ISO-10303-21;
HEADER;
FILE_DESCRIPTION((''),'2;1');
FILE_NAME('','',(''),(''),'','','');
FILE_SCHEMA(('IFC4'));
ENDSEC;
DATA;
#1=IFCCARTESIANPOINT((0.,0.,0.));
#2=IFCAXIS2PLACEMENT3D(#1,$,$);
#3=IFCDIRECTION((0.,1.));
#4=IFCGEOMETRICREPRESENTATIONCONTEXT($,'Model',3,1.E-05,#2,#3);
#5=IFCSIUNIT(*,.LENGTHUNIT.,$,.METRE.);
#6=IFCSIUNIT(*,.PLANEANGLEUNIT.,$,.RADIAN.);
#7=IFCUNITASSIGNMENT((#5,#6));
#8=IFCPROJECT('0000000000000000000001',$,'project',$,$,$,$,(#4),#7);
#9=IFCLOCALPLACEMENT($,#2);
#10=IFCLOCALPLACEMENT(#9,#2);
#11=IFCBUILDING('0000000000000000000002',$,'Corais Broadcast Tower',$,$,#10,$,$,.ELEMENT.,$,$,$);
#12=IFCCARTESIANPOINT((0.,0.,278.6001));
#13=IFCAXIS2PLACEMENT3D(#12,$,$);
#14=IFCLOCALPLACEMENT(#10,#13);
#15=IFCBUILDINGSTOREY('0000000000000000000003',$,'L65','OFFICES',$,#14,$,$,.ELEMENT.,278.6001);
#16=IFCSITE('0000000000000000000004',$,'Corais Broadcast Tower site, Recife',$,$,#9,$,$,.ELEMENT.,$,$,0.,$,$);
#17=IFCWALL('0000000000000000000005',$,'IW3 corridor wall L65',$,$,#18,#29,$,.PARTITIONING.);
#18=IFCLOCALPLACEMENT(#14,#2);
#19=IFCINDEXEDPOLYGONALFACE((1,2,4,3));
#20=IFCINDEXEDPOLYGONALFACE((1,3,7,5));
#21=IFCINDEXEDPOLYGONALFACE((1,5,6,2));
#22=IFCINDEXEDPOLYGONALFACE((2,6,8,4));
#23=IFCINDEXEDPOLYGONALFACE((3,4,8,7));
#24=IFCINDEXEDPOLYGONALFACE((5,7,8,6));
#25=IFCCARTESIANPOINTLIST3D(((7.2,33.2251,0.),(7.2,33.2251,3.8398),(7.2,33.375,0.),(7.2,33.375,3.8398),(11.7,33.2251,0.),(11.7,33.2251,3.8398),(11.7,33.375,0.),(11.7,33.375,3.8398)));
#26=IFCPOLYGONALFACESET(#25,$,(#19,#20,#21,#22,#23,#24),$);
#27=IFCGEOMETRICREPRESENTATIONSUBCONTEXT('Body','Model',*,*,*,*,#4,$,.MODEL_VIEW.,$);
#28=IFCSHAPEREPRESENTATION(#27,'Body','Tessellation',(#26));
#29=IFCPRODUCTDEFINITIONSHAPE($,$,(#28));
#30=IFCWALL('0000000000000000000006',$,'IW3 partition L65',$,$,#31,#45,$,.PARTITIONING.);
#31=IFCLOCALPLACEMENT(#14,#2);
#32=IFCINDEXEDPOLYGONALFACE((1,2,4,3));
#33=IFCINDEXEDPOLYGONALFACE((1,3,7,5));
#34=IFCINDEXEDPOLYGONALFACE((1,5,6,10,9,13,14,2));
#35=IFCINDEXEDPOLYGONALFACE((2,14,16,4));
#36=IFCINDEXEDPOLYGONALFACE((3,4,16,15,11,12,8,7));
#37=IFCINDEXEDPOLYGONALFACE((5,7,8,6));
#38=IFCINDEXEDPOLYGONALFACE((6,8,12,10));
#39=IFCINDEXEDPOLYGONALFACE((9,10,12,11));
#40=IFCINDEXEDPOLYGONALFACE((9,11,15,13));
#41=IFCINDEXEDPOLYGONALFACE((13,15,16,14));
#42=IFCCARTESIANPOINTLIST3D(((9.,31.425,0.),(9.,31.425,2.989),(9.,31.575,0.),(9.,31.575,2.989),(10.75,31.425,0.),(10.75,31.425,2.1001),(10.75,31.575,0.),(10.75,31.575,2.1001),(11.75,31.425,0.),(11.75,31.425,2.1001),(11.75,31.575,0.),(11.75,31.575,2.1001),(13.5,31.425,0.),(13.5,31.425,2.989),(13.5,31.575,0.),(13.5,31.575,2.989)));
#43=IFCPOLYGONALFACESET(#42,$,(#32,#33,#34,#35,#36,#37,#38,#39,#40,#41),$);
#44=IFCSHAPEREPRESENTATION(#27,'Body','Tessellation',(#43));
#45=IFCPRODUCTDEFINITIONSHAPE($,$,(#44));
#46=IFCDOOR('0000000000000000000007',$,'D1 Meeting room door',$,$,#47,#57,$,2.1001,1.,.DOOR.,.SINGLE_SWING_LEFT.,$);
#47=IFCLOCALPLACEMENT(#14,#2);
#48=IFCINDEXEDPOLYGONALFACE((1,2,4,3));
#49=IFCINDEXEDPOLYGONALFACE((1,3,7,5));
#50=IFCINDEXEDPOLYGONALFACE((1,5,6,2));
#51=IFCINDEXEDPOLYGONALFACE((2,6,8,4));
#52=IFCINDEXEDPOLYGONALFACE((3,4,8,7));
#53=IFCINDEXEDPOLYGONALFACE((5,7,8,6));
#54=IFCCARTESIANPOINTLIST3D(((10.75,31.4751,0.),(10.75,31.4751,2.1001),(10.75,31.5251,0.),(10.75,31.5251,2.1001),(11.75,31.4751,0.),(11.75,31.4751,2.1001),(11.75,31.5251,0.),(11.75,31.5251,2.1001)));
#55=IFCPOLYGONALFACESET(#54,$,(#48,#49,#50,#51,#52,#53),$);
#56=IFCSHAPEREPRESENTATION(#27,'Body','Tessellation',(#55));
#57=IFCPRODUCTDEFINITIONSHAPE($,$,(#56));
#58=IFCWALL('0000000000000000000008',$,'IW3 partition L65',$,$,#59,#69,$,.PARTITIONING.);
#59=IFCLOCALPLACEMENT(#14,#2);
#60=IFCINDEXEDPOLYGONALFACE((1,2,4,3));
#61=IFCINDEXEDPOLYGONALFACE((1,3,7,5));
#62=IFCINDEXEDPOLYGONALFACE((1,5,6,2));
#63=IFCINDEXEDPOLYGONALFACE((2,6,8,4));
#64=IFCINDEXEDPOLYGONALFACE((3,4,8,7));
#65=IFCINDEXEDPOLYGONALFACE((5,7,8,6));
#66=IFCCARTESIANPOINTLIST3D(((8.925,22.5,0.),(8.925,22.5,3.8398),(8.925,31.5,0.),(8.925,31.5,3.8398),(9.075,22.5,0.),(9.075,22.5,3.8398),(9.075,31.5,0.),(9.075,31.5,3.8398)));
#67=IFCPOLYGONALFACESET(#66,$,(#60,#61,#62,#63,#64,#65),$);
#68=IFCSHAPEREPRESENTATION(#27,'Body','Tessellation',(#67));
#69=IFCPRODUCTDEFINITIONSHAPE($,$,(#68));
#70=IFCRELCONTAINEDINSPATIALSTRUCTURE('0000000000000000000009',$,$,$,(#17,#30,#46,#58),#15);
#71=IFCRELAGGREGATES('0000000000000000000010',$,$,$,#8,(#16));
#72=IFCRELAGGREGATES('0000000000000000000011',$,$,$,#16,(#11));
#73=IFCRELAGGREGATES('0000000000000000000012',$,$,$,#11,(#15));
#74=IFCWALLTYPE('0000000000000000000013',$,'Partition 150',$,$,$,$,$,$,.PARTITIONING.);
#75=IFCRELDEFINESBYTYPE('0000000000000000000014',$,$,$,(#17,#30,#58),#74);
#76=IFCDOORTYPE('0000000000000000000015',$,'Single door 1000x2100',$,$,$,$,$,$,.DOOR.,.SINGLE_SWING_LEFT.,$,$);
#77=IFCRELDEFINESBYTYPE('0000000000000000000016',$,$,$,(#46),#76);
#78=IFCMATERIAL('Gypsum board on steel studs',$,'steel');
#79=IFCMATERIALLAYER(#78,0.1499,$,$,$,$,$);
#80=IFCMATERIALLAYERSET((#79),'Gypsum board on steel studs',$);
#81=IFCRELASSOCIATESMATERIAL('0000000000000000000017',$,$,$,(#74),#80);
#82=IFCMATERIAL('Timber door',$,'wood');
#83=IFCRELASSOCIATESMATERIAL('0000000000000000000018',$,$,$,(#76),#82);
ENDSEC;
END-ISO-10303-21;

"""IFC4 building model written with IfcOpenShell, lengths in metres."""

from ifc_helpers import new_model, si_unit, direction, frame, frame_2d, origin, place, context, subcontext, project, spatial, rectangle, extrude, material, layer, layer_set, type_object, element, fill, save


model = new_model("IFC4")

# Units and contexts
model_context = context("Model", 3, precision=1e-05, world=origin(), true_north=direction((0.0, 1.0)))
body_context = subcontext(model_context, "Body", "Model", "MODEL_VIEW")
ifc_project = project(units=[si_unit("LENGTHUNIT", "METRE"), si_unit("PLANEANGLEUNIT", "RADIAN")], contexts=[model_context])

# Site, building, storey
site_placement = place(None, origin())
site = spatial("IfcSite", under=ifc_project, at=site_placement, Name="Corais Broadcast Tower site, Recife", CompositionType="ELEMENT", RefElevation=0.0)
building_placement = place(site_placement, origin())
building = spatial("IfcBuilding", under=site, at=building_placement, Name="Corais Broadcast Tower", CompositionType="ELEMENT")
storey_placement = place(building_placement, frame((0.0, 0.0, 278.6001)))
storey = spatial("IfcBuildingStorey", under=building, at=storey_placement, Name="L65", Description="OFFICES", CompositionType="ELEMENT", Elevation=278.6001)

# Shared definitions
ifc_material_1 = material(Name="Gypsum board on steel studs", Category="steel")
ifc_layer_1 = layer(ifc_material_1, 0.1499)
ifc_layer_set_1 = layer_set([ifc_layer_1], Name="Gypsum board on steel studs")
wall_type_1 = type_object("IfcWallType", Name="Partition 150", PredefinedType="PARTITIONING", material=ifc_layer_set_1)
ifc_material_2 = material(Name="Timber door", Category="wood")
door_type_1 = type_object("IfcDoorType", Name="Single door 1000x2100", OperationType="SINGLE_SWING_LEFT", PredefinedType="DOOR", material=ifc_material_2)

# Wall
wall_1_placement = place(storey_placement, frame((11.7, 33.3, 0.0), z_axis=(0.0, 0.0, 1.0), x_axis=(-1.0, 0.0, 0.0)))
element("IfcWall", 1, at=wall_1_placement, inside=storey, type_object=wall_type_1, Name="IW3 corridor wall L65", PredefinedType="PARTITIONING", context=body_context, shape_type="SweptSolid", body=[
    extrude(rectangle(XDim=4.5, YDim=0.1499, at=frame_2d((2.25, 0.0))), origin(), (0.0, 0.0, 1.0), 3.8398),
])

# Wall, opening, door
wall_2_placement = place(storey_placement, frame((13.5, 31.5, 0.0), z_axis=(0.0, 0.0, 1.0), x_axis=(-1.0, 0.0, 0.0)))
wall_2 = element("IfcWall", 2, at=wall_2_placement, inside=storey, type_object=wall_type_1, Name="IW3 partition L65", PredefinedType="PARTITIONING", context=body_context, shape_type="SweptSolid", body=[
    extrude(rectangle(XDim=4.5, YDim=0.1499, at=frame_2d((2.25, 0.0))), origin(), (0.0, 0.0, 1.0), 2.989),
])
opening_1_placement = place(wall_2_placement, frame((1.75, 0.0, 0.0)))
opening_1 = element("IfcOpeningElement", 3, at=opening_1_placement, cuts=wall_2, PredefinedType="OPENING", context=body_context, shape_type="SweptSolid", body=[
    extrude(rectangle(XDim=1.0, YDim=2.1001, at=frame_2d((0.5, 1.05))), frame((0.0, 0.085, 0.0), z_axis=(0.0, -1.0, 0.0), x_axis=(1.0, 0.0, 0.0)), (0.0, 0.0, 1.0), 0.1699),
])
door_1_placement = place(opening_1_placement, origin())
door_1 = element("IfcDoor", 4, at=door_1_placement, inside=storey, type_object=door_type_1, Name="D1 Meeting room door", OperationType="SINGLE_SWING_LEFT", OverallHeight=2.1001, OverallWidth=1.0, PredefinedType="DOOR", context=body_context, shape_type="SweptSolid", body=[
    extrude(rectangle(XDim=1.0, YDim=2.1001, at=frame_2d((0.5, 1.05))), frame((0.0, 0.0249, 0.0), z_axis=(0.0, -1.0, 0.0), x_axis=(1.0, 0.0, 0.0)), (0.0, 0.0, 1.0), 0.05),
])
fill(opening_1, door_1)

# Wall
wall_3_placement = place(storey_placement, frame((9.0, 31.5, 0.0), z_axis=(0.0, 0.0, 1.0), x_axis=(0.0, -1.0, 0.0)))
element("IfcWall", 5, at=wall_3_placement, inside=storey, type_object=wall_type_1, Name="IW3 partition L65", PredefinedType="PARTITIONING", context=body_context, shape_type="SweptSolid", body=[
    extrude(rectangle(XDim=9.0, YDim=0.1499, at=frame_2d((4.5, 0.0))), origin(), (0.0, 0.0, 1.0), 3.8398),
])

save(model, "model.ifc")
